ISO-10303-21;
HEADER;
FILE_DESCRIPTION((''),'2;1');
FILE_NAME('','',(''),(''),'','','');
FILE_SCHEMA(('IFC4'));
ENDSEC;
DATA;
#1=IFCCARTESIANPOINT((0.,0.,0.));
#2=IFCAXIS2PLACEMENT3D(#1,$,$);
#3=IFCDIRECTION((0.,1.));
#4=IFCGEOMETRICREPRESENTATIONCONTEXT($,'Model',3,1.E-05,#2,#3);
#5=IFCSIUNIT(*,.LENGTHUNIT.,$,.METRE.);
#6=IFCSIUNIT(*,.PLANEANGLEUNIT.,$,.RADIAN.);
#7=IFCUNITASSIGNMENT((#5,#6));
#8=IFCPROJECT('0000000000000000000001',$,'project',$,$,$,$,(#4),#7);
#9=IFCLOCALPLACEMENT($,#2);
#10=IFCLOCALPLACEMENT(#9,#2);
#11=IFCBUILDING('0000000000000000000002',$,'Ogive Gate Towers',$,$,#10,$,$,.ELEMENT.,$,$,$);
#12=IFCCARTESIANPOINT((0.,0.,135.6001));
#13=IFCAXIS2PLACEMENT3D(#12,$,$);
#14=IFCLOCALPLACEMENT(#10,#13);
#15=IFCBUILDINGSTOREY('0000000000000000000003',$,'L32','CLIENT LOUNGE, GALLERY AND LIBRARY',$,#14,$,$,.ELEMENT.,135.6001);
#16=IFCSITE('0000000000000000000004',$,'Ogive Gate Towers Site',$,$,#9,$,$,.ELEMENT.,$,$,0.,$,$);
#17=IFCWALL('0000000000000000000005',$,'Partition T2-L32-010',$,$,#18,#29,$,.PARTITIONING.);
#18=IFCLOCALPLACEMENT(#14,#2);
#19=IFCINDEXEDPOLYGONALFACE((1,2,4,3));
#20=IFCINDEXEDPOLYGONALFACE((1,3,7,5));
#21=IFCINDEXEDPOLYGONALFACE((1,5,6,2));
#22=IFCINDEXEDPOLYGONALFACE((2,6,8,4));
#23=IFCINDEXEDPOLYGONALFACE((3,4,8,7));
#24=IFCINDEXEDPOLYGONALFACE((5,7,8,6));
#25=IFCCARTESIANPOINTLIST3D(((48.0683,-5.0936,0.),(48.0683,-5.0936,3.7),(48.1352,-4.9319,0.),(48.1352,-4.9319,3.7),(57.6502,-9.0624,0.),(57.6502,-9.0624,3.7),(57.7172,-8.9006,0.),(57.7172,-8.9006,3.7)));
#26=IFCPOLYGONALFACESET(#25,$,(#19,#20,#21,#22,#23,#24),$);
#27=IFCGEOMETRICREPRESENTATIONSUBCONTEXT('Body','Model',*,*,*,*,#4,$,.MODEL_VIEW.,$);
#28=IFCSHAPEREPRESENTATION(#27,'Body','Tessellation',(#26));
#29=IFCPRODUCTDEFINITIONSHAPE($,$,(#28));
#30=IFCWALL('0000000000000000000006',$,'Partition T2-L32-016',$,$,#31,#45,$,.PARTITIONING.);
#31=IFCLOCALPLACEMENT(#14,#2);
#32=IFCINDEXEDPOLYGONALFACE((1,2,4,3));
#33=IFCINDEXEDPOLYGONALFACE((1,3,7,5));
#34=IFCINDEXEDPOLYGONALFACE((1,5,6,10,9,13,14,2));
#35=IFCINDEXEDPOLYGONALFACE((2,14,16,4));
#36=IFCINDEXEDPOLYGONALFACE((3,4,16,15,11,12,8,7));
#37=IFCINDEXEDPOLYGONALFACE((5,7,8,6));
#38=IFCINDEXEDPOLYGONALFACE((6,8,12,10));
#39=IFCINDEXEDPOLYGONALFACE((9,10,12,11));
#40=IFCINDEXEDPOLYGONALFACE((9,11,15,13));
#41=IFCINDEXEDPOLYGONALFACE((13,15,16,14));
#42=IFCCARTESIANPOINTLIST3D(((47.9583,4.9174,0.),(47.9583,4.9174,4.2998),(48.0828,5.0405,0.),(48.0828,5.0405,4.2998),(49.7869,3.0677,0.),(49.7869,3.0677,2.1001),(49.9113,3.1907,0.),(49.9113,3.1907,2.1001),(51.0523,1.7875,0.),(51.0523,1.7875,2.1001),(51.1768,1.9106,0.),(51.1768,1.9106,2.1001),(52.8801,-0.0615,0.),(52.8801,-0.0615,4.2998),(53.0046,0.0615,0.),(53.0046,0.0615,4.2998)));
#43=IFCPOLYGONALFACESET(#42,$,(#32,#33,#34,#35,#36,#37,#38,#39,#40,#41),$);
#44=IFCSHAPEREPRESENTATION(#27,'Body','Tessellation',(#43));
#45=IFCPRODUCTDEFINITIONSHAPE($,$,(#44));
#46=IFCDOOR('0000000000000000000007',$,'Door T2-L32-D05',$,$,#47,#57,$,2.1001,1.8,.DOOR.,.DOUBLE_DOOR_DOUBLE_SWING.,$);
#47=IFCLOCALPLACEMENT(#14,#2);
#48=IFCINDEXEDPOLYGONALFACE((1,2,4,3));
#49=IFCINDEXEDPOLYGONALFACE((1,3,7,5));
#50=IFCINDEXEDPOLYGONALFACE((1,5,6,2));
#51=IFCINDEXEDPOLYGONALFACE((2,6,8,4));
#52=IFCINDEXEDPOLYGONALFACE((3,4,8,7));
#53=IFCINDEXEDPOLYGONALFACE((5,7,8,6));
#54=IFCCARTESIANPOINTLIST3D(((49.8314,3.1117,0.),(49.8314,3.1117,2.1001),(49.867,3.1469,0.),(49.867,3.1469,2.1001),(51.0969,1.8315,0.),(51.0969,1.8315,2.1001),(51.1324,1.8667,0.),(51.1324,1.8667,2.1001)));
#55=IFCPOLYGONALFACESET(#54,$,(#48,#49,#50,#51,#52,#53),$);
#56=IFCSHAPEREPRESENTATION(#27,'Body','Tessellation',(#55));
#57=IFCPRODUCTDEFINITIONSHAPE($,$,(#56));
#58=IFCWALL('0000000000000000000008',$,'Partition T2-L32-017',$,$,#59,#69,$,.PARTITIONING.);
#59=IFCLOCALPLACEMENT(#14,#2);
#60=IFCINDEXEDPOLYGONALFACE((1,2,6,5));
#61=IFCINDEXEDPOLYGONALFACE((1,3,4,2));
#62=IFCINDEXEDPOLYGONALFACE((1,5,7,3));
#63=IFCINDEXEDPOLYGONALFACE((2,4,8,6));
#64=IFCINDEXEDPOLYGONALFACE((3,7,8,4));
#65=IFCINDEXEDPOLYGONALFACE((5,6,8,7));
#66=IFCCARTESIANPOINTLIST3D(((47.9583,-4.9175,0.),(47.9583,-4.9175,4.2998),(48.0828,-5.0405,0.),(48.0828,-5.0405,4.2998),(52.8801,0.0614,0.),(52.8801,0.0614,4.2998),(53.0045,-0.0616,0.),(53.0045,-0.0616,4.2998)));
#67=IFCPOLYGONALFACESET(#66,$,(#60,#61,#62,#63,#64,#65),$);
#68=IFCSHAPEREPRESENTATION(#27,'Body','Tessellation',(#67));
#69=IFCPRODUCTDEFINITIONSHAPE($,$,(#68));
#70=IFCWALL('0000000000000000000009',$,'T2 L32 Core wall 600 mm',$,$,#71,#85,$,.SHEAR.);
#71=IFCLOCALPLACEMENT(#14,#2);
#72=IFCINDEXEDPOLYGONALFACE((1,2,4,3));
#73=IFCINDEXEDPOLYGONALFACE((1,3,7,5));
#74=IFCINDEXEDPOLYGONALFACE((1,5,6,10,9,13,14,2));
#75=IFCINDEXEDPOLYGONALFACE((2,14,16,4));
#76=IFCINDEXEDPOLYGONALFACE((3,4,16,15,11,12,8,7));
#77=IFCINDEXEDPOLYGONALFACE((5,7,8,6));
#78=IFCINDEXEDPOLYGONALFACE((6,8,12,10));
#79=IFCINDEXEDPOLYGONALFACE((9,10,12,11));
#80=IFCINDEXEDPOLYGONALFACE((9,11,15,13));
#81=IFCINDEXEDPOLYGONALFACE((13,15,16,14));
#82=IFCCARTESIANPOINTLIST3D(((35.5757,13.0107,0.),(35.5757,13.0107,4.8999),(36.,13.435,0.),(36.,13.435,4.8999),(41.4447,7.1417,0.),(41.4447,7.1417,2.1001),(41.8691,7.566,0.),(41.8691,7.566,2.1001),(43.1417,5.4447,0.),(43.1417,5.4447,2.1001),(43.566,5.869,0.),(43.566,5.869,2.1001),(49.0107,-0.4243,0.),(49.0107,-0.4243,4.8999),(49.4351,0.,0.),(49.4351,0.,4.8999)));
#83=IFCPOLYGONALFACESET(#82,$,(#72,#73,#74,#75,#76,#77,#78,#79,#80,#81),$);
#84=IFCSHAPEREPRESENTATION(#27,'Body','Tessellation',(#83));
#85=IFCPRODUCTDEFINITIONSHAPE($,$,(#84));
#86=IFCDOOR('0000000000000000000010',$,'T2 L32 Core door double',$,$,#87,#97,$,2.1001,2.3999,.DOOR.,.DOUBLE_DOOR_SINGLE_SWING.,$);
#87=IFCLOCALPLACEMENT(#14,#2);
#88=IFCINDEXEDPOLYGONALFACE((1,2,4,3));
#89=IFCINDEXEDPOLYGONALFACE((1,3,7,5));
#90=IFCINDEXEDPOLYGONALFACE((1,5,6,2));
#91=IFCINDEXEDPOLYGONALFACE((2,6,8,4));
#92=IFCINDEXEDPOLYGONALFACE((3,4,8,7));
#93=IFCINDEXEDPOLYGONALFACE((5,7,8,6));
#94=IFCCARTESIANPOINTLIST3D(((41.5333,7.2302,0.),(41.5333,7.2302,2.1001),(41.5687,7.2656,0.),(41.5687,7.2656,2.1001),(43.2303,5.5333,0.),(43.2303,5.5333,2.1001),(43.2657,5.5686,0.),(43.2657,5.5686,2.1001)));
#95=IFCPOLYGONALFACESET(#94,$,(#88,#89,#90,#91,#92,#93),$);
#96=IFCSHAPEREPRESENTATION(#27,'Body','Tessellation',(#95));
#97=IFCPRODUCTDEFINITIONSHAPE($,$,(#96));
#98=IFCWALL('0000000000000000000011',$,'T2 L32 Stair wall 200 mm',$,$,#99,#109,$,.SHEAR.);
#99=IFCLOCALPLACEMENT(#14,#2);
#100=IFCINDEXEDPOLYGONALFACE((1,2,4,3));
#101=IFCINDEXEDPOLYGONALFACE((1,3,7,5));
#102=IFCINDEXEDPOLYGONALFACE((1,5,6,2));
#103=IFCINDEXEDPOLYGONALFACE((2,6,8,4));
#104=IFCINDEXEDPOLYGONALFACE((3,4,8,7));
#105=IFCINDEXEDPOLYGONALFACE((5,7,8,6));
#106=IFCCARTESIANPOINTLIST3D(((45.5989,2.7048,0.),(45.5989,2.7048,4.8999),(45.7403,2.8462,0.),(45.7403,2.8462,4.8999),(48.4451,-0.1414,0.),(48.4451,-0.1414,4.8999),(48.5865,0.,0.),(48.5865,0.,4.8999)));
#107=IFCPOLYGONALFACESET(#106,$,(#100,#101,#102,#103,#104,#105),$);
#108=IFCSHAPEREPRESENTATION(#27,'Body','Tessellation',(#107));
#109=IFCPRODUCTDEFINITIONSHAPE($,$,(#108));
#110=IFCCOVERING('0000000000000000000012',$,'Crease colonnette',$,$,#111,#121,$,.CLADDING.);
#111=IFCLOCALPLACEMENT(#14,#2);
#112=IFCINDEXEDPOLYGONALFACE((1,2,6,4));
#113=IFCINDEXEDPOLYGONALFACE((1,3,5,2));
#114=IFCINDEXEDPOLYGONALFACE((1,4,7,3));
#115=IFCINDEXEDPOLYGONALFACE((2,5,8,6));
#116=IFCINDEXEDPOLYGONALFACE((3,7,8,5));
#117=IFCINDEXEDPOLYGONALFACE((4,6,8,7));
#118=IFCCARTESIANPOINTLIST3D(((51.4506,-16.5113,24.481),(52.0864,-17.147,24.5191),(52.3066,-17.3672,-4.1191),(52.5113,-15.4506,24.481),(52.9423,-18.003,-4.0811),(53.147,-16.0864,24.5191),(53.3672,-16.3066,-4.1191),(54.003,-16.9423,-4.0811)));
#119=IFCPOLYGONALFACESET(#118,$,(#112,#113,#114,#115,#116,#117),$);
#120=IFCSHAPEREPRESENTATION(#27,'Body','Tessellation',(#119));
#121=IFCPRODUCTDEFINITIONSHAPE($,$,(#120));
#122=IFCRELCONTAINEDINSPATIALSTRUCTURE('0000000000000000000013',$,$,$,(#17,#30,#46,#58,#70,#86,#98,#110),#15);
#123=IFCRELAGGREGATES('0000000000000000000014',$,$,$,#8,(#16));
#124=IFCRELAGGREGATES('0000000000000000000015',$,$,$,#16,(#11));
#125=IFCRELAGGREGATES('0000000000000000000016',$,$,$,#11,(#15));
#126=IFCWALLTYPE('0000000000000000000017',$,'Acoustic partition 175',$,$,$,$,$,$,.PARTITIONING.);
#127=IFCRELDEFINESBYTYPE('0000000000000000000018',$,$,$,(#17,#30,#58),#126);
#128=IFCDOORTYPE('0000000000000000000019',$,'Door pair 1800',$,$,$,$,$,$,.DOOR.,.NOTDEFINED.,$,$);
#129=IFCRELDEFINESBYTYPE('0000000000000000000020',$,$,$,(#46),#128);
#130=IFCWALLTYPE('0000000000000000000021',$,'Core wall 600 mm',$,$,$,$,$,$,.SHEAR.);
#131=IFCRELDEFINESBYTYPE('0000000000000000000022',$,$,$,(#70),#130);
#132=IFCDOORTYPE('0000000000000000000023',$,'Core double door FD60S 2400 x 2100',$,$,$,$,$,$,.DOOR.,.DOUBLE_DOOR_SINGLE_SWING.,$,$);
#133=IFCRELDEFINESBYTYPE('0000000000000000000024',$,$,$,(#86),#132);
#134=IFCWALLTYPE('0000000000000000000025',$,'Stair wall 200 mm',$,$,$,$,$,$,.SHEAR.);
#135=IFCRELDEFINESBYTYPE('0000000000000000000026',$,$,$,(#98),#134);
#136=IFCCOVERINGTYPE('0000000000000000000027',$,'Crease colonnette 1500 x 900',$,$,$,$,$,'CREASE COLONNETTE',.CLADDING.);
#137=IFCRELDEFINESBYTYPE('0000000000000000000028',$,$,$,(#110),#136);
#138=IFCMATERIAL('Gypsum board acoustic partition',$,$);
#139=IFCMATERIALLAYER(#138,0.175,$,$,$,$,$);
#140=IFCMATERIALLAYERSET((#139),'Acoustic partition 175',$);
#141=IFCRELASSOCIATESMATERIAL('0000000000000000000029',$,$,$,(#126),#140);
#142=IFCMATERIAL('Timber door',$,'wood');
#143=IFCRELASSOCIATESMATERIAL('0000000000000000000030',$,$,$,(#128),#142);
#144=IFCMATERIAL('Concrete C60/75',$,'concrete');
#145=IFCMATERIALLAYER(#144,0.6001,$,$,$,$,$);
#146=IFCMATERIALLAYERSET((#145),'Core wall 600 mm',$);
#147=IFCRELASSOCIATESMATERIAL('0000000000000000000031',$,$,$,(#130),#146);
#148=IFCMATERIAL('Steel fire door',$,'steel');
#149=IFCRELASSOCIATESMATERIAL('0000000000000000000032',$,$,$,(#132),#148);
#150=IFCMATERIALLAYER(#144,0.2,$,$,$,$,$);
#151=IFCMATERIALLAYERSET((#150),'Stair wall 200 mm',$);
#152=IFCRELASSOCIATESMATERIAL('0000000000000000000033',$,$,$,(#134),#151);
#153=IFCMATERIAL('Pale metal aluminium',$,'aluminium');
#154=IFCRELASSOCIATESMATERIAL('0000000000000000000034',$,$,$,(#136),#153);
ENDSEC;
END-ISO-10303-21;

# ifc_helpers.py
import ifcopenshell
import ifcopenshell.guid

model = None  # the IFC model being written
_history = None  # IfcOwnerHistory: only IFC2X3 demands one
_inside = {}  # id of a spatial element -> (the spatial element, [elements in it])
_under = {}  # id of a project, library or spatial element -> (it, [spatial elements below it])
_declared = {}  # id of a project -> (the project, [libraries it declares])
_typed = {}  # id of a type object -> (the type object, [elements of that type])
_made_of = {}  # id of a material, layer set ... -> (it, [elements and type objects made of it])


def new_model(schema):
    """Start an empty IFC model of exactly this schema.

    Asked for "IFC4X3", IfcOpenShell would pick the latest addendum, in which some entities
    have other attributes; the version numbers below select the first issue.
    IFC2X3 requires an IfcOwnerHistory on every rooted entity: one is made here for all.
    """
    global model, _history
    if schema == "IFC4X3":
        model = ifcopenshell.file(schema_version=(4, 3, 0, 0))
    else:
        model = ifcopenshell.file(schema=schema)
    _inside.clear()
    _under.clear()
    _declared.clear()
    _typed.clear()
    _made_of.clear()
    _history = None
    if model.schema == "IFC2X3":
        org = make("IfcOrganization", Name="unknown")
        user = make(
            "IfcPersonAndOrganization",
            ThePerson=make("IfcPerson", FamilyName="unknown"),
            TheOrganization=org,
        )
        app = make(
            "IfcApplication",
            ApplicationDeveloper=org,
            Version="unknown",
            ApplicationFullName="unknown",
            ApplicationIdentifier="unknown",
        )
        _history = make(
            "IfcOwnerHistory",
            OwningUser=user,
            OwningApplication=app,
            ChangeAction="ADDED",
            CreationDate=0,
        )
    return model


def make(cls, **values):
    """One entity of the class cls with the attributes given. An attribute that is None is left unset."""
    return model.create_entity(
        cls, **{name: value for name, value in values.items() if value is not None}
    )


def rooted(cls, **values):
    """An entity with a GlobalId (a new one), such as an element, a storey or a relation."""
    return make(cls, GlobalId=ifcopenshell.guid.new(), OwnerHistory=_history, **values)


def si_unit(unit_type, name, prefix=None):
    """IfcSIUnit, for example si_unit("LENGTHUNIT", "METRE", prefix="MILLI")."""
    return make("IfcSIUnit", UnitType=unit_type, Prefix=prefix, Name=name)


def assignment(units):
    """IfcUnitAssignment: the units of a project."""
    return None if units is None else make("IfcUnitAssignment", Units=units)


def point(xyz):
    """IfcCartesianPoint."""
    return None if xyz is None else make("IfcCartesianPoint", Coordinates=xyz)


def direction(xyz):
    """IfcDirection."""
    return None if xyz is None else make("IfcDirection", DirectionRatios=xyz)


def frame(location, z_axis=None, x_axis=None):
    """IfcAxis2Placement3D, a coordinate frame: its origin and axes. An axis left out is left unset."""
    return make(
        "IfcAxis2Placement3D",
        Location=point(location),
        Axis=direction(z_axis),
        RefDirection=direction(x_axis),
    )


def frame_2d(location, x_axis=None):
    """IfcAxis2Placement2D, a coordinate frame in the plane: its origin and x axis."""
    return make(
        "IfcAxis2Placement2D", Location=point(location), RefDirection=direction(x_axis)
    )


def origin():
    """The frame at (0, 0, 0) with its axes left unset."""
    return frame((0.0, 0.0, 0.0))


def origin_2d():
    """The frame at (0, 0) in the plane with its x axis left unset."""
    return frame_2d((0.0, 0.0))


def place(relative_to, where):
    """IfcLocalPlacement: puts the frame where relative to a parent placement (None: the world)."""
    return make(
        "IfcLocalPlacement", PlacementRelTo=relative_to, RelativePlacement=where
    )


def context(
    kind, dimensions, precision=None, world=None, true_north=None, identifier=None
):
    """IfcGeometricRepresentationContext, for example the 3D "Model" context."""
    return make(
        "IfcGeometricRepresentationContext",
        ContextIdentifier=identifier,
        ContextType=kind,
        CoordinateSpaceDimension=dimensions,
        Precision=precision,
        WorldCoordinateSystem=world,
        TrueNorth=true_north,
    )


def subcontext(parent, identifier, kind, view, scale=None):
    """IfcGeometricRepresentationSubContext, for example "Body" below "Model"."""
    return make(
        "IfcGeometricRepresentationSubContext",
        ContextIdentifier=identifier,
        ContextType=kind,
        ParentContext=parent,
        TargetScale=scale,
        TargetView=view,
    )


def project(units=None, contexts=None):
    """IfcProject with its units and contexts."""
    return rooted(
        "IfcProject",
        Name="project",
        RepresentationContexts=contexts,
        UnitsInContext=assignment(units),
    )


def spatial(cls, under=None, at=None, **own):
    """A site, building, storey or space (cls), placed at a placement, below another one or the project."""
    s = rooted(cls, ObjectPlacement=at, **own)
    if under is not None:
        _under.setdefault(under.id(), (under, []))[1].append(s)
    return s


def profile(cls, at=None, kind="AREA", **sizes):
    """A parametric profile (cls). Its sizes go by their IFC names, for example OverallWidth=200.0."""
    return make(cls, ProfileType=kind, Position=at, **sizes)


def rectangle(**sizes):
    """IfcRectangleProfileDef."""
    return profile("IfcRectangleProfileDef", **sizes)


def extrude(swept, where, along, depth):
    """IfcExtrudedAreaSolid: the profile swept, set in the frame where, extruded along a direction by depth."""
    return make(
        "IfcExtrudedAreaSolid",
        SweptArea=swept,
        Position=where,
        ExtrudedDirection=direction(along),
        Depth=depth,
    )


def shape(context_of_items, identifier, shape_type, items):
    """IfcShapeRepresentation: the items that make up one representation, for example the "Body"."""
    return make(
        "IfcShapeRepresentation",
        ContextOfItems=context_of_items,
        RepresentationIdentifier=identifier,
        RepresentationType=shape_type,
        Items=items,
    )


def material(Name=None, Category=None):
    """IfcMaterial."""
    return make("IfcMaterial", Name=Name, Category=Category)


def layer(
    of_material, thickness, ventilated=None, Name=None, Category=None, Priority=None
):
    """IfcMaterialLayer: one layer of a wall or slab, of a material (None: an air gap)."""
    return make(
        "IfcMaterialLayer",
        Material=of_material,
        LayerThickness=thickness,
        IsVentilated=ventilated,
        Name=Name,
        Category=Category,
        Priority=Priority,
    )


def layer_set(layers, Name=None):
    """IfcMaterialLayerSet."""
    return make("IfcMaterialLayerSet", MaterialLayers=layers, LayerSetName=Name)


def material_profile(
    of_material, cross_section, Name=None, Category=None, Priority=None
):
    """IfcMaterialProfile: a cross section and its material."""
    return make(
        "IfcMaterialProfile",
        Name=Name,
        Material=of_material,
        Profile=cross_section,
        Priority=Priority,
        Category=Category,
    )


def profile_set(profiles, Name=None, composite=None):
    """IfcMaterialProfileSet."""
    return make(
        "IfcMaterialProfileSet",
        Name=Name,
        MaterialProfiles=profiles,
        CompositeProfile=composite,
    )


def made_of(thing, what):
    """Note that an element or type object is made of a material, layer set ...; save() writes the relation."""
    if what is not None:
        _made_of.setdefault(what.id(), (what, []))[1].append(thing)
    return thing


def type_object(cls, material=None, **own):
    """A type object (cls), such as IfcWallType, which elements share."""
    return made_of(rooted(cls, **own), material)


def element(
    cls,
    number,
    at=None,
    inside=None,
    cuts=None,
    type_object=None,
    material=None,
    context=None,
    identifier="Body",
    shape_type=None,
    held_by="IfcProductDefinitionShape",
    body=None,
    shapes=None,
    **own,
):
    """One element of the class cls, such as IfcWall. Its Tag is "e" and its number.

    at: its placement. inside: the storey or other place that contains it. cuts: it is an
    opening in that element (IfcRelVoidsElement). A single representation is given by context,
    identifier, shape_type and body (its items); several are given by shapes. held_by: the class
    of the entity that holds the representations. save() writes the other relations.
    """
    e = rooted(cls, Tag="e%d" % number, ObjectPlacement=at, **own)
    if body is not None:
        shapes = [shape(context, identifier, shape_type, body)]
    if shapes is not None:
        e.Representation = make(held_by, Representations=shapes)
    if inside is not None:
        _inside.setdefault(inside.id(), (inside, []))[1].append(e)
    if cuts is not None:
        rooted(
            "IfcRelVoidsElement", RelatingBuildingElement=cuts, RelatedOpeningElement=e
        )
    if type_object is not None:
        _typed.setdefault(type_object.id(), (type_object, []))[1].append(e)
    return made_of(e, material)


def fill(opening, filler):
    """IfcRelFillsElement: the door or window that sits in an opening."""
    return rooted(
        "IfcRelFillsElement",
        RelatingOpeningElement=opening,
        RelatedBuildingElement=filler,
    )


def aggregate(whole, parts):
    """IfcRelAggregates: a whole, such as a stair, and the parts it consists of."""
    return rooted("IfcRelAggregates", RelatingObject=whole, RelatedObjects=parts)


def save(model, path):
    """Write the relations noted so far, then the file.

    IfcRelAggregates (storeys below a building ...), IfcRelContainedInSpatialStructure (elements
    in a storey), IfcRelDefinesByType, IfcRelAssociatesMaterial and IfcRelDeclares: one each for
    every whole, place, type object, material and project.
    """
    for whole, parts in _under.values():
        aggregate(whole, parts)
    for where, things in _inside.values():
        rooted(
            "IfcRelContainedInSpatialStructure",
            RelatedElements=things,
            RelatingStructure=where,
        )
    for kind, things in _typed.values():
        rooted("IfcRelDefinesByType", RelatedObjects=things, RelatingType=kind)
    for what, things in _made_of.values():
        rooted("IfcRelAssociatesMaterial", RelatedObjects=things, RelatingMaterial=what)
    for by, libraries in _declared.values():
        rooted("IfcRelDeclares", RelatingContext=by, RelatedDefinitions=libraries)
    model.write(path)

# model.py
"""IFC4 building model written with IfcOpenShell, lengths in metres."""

from ifc_helpers import new_model, si_unit, direction, frame, frame_2d, origin, origin_2d, place, context, subcontext, project, spatial, rectangle, extrude, material, layer, layer_set, material_profile, profile_set, type_object, element, fill, save


model = new_model("IFC4")

# Units and contexts
model_context = context("Model", 3, precision=1e-05, world=origin(), true_north=direction((0.0, 1.0)))
body_context = subcontext(model_context, "Body", "Model", "MODEL_VIEW")
ifc_project = project(units=[si_unit("LENGTHUNIT", "METRE"), si_unit("PLANEANGLEUNIT", "RADIAN")], contexts=[model_context])

# Site, building, storey
site_placement = place(None, origin())
site = spatial("IfcSite", under=ifc_project, at=site_placement, Name="Ogive Gate Towers Site", CompositionType="ELEMENT", RefElevation=0.0)
building_placement = place(site_placement, origin())
building = spatial("IfcBuilding", under=site, at=building_placement, Name="Ogive Gate Towers", CompositionType="ELEMENT")
storey_placement = place(building_placement, frame((0.0, 0.0, 135.6001)))
storey = spatial("IfcBuildingStorey", under=building, at=storey_placement, Name="L32", Description="CLIENT LOUNGE, GALLERY AND LIBRARY", CompositionType="ELEMENT", Elevation=135.6001)

# Shared definitions
ifc_material_1 = material(Name="Pale metal aluminium", Category="aluminium")

# Wall
ifc_material_2 = material(Name="Gypsum board acoustic partition")
ifc_layer_1 = layer(ifc_material_2, 0.175)
ifc_layer_set_1 = layer_set([ifc_layer_1], Name="Acoustic partition 175")
wall_type_1 = type_object("IfcWallType", Name="Acoustic partition 175", PredefinedType="PARTITIONING", material=ifc_layer_set_1)
wall_1_placement = place(storey_placement, frame((57.6836, -8.9814, 0.0), z_axis=(0.0, 0.0, 1.0), x_axis=(-0.923888, 0.382662, 0.0)))
element("IfcWall", 1, at=wall_1_placement, inside=storey, type_object=wall_type_1, Name="Partition T2-L32-010", PredefinedType="PARTITIONING", context=body_context, shape_type="SweptSolid", body=[
    extrude(rectangle(XDim=10.3713, YDim=0.175, at=frame_2d((5.1855, 0.0))), origin(), (0.0, 0.0, 1.0), 3.7),
])

# Wall, opening, door
wall_2_placement = place(storey_placement, frame((52.9424, 0.0, 0.0), z_axis=(0.0, 0.0, 1.0), x_axis=(-0.703015, 0.711175, 0.0)))
wall_2 = element("IfcWall", 2, at=wall_2_placement, inside=storey, type_object=wall_type_1, Name="Partition T2-L32-016", PredefinedType="PARTITIONING", context=body_context, shape_type="SweptSolid", body=[
    extrude(rectangle(XDim=7.001, YDim=0.175, at=frame_2d((3.5005, 0.0))), origin(), (0.0, 0.0, 1.0), 4.2998),
])
opening_1_placement = place(wall_2_placement, frame((2.6001, 0.0, 0.0)))
opening_1 = element("IfcOpeningElement", 3, at=opening_1_placement, cuts=wall_2, PredefinedType="OPENING", context=body_context, shape_type="SweptSolid", body=[
    extrude(rectangle(XDim=1.8, YDim=2.1001, at=frame_2d((0.8999, 1.05))), frame((0.0, 0.0977, 0.0), z_axis=(0.0, -1.0, 0.0), x_axis=(1.0, 0.0, 0.0)), (0.0, 0.0, 1.0), 0.1951),
])
ifc_material_3 = material(Name="Timber door", Category="wood")
door_type_1 = type_object("IfcDoorType", Name="Door pair 1800", OperationType="NOTDEFINED", PredefinedType="DOOR", material=ifc_material_3)
door_1_placement = place(opening_1_placement, origin())
door_1 = element("IfcDoor", 4, at=door_1_placement, inside=storey, type_object=door_type_1, Name="Door T2-L32-D05", OperationType="DOUBLE_DOOR_DOUBLE_SWING", OverallHeight=2.1001, OverallWidth=1.8, PredefinedType="DOOR", context=body_context, shape_type="SweptSolid", body=[
    extrude(rectangle(XDim=1.8, YDim=2.1001, at=frame_2d((0.8999, 1.05))), frame((0.0, 0.0249, 0.0), z_axis=(0.0, -1.0, 0.0), x_axis=(1.0, 0.0, 0.0)), (0.0, 0.0, 1.0), 0.05),
])
fill(opening_1, door_1)

# Wall
wall_3_placement = place(storey_placement, frame((48.0205, -4.979, 0.0), z_axis=(0.0, 0.0, 1.0), x_axis=(0.703015, 0.711175, 0.0)))
element("IfcWall", 5, at=wall_3_placement, inside=storey, type_object=wall_type_1, Name="Partition T2-L32-017", PredefinedType="PARTITIONING", context=body_context, shape_type="SweptSolid", body=[
    extrude(rectangle(XDim=7.001, YDim=0.175, at=frame_2d((3.5005, 0.0))), origin(), (0.0, 0.0, 1.0), 4.2998),
])

# Wall, opening, door
ifc_material_4 = material(Name="Concrete C60/75", Category="concrete")
ifc_layer_2 = layer(ifc_material_4, 0.6001)
ifc_layer_set_2 = layer_set([ifc_layer_2], Name="Core wall 600 mm")
wall_type_2 = type_object("IfcWallType", Name="Core wall 600 mm", PredefinedType="SHEAR", material=ifc_layer_set_2)
wall_4_placement = place(storey_placement, frame((49.2229, -0.2122, 0.0), z_axis=(0.0, 0.0, 1.0), x_axis=(-0.707107, 0.707107, 0.0)))
wall_4 = element("IfcWall", 6, at=wall_4_placement, inside=storey, type_object=wall_type_2, Name="T2 L32 Core wall 600 mm", PredefinedType="SHEAR", context=body_context, shape_type="SweptSolid", body=[
    extrude(rectangle(XDim=19.0, YDim=0.6001, at=frame_2d((9.5, 0.0))), origin(), (0.0, 0.0, 1.0), 4.8999),
])
opening_2_placement = place(wall_4_placement, frame((8.3, 0.0, 0.0)))
opening_2 = element("IfcOpeningElement", 7, at=opening_2_placement, cuts=wall_4, PredefinedType="OPENING", context=body_context, shape_type="SweptSolid", body=[
    extrude(rectangle(XDim=2.3999, YDim=2.1001, at=frame_2d((1.2, 1.05))), frame((0.0, 0.3101, 0.0), z_axis=(0.0, -1.0, 0.0), x_axis=(1.0, 0.0, 0.0)), (0.0, 0.0, 1.0), 0.6201),
])
ifc_material_5 = material(Name="Steel fire door", Category="steel")
door_type_2 = type_object("IfcDoorType", Name="Core double door FD60S 2400 x 2100", OperationType="DOUBLE_DOOR_SINGLE_SWING", PredefinedType="DOOR", material=ifc_material_5)
door_2_placement = place(opening_2_placement, origin())
door_2 = element("IfcDoor", 8, at=door_2_placement, inside=storey, type_object=door_type_2, Name="T2 L32 Core door double", OperationType="DOUBLE_DOOR_SINGLE_SWING", OverallHeight=2.1001, OverallWidth=2.3999, PredefinedType="DOOR", context=body_context, shape_type="SweptSolid", body=[
    extrude(rectangle(XDim=2.3999, YDim=2.1001, at=frame_2d((1.2, 1.05))), frame((0.0, 0.1748, 0.0), z_axis=(0.0, -1.0, 0.0), x_axis=(1.0, 0.0, 0.0)), (0.0, 0.0, 1.0), 0.05),
])
fill(opening_2, door_2)

# Wall
ifc_layer_3 = layer(ifc_material_4, 0.2)
ifc_layer_set_3 = layer_set([ifc_layer_3], Name="Stair wall 200 mm")
wall_type_3 = type_object("IfcWallType", Name="Stair wall 200 mm", PredefinedType="SHEAR", material=ifc_layer_set_3)
wall_5_placement = place(storey_placement, frame((48.5159, -0.0708, 0.0), z_axis=(0.0, 0.0, 1.0), x_axis=(-0.707107, 0.707107, 0.0)))
element("IfcWall", 9, at=wall_5_placement, inside=storey, type_object=wall_type_3, Name="T2 L32 Stair wall 200 mm", PredefinedType="SHEAR", context=body_context, shape_type="SweptSolid", body=[
    extrude(rectangle(XDim=4.0251, YDim=0.2, at=frame_2d((2.0127, 0.0))), origin(), (0.0, 0.0, 1.0), 4.8999),
])

# Covering
ifc_material_profile_1 = material_profile(ifc_material_1, rectangle(XDim=1.5, YDim=0.8999, at=origin_2d()), Name="1500 x 900 pale metal aluminium")
ifc_profile_set_1 = profile_set([ifc_material_profile_1], Name="Pale metal aluminium")
covering_type = type_object("IfcCoveringType", Name="Crease colonnette 1500 x 900", ElementType="CREASE COLONNETTE", PredefinedType="CLADDING", material=ifc_profile_set_1)
covering_placement = place(storey_placement, frame((53.1548, -17.1548, -4.1001), z_axis=(-0.029902, 0.029902, 0.999105), x_axis=(-0.707107, -0.707107, 0.0)))
element("IfcCovering", 10, at=covering_placement, inside=storey, type_object=covering_type, Name="Crease colonnette", PredefinedType="CLADDING", context=body_context, shape_type="SweptSolid", body=[
    extrude(rectangle(XDim=1.5, YDim=0.8999, at=origin_2d()), origin(), (0.0, 0.0, 1.0), 28.6257),
])

save(model, "model.ifc")
